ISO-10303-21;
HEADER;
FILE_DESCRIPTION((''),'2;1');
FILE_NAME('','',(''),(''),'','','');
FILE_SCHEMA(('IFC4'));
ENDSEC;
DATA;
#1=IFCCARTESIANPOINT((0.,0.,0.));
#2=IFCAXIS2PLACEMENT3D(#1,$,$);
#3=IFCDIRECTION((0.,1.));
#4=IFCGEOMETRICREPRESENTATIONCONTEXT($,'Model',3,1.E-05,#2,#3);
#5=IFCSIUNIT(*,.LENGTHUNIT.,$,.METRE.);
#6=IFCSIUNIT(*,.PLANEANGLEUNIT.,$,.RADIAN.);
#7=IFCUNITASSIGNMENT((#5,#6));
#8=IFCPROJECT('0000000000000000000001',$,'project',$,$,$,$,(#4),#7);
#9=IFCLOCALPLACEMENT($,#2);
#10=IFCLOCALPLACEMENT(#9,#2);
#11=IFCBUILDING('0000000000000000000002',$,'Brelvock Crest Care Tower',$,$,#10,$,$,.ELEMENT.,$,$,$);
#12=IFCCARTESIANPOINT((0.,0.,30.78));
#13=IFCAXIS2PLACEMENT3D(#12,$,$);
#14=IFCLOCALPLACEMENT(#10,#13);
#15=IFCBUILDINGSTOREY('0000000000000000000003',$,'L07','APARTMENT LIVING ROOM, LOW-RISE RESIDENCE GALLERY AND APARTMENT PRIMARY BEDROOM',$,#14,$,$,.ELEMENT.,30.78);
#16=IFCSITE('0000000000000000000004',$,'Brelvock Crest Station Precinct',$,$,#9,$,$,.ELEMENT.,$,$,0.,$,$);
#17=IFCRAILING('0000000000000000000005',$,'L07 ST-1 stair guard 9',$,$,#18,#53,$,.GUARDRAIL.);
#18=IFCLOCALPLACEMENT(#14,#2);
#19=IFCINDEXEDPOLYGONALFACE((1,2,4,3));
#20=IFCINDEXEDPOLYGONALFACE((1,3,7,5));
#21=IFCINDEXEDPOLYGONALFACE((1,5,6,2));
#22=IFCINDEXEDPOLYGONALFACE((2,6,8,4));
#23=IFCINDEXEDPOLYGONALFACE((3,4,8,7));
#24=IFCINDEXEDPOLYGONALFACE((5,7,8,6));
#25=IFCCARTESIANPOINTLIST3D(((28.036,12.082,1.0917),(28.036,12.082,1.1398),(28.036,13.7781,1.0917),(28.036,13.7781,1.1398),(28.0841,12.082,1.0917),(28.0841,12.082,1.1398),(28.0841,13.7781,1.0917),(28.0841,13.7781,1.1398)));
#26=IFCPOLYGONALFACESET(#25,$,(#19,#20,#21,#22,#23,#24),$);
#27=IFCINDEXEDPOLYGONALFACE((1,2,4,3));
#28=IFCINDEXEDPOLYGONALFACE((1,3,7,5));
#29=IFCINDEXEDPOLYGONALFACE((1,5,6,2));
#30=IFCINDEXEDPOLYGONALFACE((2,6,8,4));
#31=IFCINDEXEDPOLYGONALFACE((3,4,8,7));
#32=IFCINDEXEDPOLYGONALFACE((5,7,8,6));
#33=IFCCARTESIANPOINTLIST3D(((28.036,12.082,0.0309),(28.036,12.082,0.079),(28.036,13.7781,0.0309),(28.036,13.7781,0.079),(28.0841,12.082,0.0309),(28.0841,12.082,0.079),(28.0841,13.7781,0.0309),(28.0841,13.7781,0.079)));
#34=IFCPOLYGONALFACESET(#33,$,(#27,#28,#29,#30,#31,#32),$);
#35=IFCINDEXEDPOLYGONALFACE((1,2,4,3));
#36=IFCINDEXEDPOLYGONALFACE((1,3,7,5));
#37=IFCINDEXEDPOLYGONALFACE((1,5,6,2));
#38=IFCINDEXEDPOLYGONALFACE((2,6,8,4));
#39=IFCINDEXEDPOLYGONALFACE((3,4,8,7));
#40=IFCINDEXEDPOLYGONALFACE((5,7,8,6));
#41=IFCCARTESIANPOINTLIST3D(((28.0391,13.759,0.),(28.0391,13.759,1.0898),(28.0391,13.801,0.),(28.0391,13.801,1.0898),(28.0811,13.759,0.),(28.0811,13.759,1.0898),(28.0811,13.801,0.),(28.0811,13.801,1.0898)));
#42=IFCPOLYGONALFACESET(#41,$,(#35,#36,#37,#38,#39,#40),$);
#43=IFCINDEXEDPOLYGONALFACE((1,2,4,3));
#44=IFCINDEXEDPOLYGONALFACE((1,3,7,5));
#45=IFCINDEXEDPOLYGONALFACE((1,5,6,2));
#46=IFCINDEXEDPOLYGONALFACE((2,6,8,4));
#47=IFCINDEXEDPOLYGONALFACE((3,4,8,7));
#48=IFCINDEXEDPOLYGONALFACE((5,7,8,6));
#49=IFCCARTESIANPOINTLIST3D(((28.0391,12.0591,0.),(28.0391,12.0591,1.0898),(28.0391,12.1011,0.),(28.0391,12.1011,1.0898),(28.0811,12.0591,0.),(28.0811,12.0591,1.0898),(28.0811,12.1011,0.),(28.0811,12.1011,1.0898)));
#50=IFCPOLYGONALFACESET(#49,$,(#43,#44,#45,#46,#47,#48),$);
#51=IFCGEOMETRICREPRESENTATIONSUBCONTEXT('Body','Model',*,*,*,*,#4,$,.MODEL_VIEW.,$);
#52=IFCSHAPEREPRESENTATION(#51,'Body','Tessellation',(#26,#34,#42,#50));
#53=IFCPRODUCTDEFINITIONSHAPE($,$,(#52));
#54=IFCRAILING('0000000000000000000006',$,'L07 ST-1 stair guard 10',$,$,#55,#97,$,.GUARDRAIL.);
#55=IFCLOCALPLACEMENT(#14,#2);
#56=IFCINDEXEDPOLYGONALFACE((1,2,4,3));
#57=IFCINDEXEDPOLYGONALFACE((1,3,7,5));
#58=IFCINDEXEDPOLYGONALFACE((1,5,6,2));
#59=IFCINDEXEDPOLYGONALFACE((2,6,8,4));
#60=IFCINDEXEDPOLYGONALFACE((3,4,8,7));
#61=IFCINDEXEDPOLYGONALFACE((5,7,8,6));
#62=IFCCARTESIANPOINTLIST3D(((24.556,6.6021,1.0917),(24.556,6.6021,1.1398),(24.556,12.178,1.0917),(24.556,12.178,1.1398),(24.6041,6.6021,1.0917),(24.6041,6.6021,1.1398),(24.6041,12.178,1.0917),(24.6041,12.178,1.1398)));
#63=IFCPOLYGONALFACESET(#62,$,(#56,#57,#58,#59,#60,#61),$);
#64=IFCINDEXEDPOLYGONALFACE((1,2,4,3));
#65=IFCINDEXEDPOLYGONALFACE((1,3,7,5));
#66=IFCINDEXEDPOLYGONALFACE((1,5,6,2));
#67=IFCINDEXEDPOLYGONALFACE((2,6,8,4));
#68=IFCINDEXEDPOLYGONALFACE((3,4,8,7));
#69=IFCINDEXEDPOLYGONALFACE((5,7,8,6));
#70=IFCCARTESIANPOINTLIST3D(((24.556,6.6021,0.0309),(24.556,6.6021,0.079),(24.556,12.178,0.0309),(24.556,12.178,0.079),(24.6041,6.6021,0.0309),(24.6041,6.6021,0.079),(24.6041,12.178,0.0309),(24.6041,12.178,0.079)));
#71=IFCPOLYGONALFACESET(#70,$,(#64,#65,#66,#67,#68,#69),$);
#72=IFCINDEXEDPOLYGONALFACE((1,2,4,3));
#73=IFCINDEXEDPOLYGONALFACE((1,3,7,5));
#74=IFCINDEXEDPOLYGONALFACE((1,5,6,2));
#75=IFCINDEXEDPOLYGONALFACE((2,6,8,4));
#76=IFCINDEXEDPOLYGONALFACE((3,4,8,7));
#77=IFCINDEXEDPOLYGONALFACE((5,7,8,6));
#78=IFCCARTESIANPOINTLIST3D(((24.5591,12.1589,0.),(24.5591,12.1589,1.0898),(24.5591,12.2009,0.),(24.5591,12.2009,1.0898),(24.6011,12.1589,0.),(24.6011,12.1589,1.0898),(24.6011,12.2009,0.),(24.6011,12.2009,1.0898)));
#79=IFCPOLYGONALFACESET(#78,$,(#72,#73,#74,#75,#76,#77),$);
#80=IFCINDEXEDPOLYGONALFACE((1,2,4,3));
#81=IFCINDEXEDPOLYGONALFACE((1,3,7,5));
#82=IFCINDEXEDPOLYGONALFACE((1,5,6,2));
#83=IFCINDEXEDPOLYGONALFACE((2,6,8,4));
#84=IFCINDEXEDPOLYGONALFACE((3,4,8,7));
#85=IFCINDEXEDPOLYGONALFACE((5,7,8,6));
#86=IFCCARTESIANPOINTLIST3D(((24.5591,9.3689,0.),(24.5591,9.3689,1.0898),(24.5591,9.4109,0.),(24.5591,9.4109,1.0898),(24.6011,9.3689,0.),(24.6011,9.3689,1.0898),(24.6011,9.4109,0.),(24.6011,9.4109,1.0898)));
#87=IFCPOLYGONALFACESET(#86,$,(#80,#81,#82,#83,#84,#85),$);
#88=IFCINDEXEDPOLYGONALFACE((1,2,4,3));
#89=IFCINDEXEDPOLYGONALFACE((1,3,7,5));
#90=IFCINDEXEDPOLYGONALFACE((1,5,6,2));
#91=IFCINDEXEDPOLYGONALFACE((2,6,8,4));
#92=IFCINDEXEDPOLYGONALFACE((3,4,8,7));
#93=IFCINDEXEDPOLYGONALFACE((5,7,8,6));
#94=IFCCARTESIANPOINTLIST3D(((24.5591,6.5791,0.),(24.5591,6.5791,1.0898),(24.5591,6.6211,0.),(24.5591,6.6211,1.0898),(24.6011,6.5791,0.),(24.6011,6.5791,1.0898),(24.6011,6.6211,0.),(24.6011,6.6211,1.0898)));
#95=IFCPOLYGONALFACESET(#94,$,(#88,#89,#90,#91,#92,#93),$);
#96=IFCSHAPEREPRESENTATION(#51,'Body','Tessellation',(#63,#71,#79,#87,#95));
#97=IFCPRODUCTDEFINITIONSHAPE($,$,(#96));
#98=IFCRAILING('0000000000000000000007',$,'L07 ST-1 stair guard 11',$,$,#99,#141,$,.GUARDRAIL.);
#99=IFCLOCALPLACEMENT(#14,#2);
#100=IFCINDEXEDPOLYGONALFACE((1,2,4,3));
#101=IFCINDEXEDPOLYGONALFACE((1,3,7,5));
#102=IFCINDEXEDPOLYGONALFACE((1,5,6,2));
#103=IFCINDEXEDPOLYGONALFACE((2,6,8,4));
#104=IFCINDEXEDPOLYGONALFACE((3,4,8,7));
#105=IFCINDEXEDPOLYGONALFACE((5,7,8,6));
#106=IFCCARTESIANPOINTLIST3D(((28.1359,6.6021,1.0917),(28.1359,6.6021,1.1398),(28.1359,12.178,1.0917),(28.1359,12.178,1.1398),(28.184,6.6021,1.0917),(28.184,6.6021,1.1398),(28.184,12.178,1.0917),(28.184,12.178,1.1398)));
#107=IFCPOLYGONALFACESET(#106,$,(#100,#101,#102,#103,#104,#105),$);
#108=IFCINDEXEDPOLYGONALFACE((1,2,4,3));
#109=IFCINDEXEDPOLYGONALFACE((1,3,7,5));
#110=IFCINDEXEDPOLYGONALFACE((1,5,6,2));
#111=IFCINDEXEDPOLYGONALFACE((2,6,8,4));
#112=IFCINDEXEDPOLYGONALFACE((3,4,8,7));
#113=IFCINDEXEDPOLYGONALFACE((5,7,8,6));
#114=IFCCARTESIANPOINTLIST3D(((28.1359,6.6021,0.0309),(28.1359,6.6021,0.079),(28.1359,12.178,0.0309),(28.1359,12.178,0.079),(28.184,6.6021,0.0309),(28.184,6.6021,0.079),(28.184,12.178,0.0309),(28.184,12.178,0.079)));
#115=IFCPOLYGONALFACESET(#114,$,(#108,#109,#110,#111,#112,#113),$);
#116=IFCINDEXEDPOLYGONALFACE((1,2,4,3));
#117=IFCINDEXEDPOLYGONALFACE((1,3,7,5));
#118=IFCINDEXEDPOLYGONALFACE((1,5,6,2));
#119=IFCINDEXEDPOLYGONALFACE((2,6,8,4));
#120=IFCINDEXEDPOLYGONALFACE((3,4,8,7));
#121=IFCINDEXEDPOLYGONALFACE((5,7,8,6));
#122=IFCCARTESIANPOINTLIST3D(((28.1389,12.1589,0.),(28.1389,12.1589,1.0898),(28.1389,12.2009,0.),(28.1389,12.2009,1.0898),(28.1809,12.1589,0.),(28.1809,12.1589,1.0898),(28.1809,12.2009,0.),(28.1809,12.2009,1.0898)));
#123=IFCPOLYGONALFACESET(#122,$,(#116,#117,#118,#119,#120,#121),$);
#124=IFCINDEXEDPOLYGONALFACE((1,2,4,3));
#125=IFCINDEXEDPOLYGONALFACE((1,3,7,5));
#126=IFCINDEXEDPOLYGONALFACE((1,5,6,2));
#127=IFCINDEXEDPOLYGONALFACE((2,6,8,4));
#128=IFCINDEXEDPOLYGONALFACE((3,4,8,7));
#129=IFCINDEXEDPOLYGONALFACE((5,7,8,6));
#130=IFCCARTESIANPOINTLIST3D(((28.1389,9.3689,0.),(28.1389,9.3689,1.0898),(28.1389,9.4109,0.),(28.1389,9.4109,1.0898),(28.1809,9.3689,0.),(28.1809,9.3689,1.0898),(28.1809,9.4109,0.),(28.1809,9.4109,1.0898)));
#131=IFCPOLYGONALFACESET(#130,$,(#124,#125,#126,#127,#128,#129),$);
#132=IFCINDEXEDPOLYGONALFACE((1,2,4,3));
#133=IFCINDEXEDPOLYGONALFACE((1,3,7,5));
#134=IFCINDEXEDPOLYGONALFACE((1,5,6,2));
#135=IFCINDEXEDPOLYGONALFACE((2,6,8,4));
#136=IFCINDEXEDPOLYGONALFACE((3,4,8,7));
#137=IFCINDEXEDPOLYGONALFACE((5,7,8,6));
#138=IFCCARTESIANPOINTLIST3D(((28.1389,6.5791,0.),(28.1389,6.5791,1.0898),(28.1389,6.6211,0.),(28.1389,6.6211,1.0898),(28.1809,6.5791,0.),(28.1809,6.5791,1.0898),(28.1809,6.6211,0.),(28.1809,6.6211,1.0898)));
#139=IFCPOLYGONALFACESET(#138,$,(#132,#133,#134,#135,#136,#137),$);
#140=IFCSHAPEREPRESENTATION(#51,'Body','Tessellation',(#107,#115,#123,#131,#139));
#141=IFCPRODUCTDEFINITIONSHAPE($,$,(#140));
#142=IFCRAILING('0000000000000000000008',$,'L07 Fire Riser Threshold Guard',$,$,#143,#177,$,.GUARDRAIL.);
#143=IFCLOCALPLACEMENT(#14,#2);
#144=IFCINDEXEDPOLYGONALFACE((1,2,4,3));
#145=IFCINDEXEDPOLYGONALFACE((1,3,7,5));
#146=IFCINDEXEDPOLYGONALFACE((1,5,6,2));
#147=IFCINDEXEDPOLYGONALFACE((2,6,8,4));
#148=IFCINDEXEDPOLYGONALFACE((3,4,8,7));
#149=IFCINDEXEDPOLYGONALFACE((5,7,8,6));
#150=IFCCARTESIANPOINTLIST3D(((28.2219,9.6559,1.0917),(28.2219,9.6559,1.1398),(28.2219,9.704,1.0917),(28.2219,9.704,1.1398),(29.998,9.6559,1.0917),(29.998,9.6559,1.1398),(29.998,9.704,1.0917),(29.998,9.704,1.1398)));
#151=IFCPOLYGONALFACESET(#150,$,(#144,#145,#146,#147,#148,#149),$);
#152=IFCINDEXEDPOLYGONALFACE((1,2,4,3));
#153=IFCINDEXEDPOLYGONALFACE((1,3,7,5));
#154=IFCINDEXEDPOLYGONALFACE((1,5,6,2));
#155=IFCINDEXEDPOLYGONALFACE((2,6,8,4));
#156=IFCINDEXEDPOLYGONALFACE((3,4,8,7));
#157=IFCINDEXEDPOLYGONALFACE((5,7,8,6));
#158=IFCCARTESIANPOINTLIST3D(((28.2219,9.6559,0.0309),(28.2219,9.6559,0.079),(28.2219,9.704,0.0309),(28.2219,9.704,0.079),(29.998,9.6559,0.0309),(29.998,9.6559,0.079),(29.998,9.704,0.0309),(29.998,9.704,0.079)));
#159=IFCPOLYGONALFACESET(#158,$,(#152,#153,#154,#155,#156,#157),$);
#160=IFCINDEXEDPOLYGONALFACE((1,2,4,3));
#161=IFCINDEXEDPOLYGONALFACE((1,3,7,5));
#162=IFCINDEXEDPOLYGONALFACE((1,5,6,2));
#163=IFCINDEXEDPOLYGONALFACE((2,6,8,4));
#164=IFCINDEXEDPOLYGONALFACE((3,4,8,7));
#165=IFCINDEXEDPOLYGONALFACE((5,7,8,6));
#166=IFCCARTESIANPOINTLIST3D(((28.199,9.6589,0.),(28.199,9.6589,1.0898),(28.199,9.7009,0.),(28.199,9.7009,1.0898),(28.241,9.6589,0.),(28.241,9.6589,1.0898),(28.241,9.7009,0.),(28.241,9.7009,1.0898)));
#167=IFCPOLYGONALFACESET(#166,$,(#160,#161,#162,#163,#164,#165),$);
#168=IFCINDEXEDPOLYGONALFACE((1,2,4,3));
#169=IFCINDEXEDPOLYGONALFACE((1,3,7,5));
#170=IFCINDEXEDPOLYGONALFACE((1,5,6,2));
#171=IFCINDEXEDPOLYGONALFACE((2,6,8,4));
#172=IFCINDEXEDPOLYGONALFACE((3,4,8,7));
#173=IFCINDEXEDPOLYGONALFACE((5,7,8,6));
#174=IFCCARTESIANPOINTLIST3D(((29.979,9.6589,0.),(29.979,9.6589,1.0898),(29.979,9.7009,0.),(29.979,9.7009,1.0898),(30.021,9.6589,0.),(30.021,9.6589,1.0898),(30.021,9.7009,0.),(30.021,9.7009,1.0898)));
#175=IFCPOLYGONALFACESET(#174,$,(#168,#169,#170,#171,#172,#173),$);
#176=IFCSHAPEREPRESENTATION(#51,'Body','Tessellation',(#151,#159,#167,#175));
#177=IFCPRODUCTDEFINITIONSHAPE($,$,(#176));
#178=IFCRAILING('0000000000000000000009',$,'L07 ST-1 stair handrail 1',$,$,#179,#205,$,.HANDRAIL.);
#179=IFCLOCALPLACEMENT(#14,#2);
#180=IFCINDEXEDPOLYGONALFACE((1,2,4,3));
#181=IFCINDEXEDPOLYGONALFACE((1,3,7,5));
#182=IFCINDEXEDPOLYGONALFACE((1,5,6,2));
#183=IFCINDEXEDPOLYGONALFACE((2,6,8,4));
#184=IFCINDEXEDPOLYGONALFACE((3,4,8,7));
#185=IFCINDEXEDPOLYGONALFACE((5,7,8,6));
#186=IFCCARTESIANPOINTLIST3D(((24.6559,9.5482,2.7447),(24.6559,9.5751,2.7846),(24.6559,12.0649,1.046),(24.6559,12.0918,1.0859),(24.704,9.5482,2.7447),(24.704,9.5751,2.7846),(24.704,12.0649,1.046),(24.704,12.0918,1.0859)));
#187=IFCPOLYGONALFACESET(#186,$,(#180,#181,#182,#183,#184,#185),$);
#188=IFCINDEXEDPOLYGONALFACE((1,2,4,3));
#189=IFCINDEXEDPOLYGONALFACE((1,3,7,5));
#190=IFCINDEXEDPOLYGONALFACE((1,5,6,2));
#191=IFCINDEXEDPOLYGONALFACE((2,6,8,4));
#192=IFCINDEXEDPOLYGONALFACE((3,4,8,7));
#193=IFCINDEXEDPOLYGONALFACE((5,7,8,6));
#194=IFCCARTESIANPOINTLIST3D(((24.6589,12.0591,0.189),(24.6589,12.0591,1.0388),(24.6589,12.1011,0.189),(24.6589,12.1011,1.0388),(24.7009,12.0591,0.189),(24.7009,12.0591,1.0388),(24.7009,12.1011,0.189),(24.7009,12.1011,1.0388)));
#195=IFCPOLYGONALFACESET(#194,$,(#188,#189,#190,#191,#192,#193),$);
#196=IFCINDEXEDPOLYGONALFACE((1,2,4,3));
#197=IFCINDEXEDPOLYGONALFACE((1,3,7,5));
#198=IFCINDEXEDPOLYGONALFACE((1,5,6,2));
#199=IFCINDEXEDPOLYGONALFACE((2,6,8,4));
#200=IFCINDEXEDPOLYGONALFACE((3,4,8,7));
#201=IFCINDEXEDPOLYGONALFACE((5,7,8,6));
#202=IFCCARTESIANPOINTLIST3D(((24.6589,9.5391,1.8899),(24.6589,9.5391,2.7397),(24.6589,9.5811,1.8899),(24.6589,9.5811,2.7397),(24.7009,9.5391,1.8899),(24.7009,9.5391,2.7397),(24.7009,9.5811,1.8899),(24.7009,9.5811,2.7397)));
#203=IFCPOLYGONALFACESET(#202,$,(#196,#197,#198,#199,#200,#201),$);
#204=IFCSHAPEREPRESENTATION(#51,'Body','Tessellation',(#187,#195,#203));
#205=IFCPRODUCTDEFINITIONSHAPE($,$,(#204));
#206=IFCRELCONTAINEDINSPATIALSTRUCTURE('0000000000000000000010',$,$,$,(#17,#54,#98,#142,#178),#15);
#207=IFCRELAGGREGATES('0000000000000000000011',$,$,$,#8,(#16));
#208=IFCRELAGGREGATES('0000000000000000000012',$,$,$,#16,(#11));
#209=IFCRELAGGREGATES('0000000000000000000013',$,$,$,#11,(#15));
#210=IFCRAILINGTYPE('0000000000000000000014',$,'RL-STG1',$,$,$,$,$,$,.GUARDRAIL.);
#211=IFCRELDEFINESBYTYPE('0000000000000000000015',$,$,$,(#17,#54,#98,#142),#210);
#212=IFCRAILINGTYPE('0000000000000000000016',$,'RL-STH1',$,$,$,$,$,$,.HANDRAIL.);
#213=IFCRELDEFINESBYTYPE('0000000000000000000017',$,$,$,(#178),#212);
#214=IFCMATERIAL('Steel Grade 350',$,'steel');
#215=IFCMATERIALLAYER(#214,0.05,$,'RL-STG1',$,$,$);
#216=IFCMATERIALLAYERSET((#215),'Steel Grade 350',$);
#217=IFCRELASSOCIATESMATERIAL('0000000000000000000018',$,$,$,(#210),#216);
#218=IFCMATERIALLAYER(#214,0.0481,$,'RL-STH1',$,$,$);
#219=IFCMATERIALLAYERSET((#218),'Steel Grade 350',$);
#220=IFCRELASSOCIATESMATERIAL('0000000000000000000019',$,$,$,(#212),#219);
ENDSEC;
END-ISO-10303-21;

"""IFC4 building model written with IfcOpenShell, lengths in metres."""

from ifc_helpers import new_model, si_unit, direction, frame, origin, origin_2d, place, context, subcontext, project, spatial, rectangle, extrude, material, layer, layer_set, type_object, element, save


model = new_model("IFC4")

# Units and contexts
model_context = context("Model", 3, precision=1e-05, world=origin(), true_north=direction((0.0, 1.0)))
body_context = subcontext(model_context, "Body", "Model", "MODEL_VIEW")
ifc_project = project(units=[si_unit("LENGTHUNIT", "METRE"), si_unit("PLANEANGLEUNIT", "RADIAN")], contexts=[model_context])

# Site, building, storey
site_placement = place(None, origin())
site = spatial("IfcSite", under=ifc_project, at=site_placement, Name="Brelvock Crest Station Precinct", CompositionType="ELEMENT", RefElevation=0.0)
building_placement = place(site_placement, origin())
building = spatial("IfcBuilding", under=site, at=building_placement, Name="Brelvock Crest Care Tower", CompositionType="ELEMENT")
storey_placement = place(building_placement, frame((0.0, 0.0, 30.78)))
storey = spatial("IfcBuildingStorey", under=building, at=storey_placement, Name="L07", Description="APARTMENT LIVING ROOM, LOW-RISE RESIDENCE GALLERY AND APARTMENT PRIMARY BEDROOM", CompositionType="ELEMENT", Elevation=30.78)

# Shared definitions
ifc_material_1 = material(Name="Steel Grade 350", Category="steel")

# Railings
ifc_layer_1 = layer(ifc_material_1, 0.05, Name="RL-STG1")
ifc_layer_set_1 = layer_set([ifc_layer_1], Name="Steel Grade 350")
railing_type_1 = type_object("IfcRailingType", Name="RL-STG1", PredefinedType="GUARDRAIL", material=ifc_layer_set_1)
for number, where, name in (
    (1, (28.0601, 13.78, 0.0), "L07 ST-1 stair guard 9"),
):
    element("IfcRailing", number, at=place(storey_placement, frame(where)), inside=storey, type_object=railing_type_1, Name=name, PredefinedType="GUARDRAIL", context=body_context, shape_type="SweptSolid", body=[
        extrude(rectangle(XDim=0.0481, YDim=0.0481, at=origin_2d()), frame((0.0, -0.002, 1.1157), z_axis=(0.0, -1.0, 0.0), x_axis=(1.0, 0.0, 0.0)), (0.0, 0.0, 1.0), 1.696),
        extrude(rectangle(XDim=0.0481, YDim=0.0481, at=origin_2d()), frame((0.0, -0.002, 0.0549), z_axis=(0.0, -1.0, 0.0), x_axis=(1.0, 0.0, 0.0)), (0.0, 0.0, 1.0), 1.696),
        extrude(rectangle(XDim=0.042, YDim=0.042, at=origin_2d()), origin(), (0.0, 0.0, 1.0), 1.0898),
        extrude(rectangle(XDim=0.042, YDim=0.042, at=origin_2d()), frame((0.0, -1.7, 0.0)), (0.0, 0.0, 1.0), 1.0898),
    ])
for number, where, name in (
    (2, (24.5801, 12.1799, 0.0), "L07 ST-1 stair guard 10"),
    (3, (28.1599, 12.1799, 0.0), "L07 ST-1 stair guard 11"),
):
    element("IfcRailing", number, at=place(storey_placement, frame(where)), inside=storey, type_object=railing_type_1, Name=name, PredefinedType="GUARDRAIL", context=body_context, shape_type="SweptSolid", body=[
        extrude(rectangle(XDim=0.0481, YDim=0.0481, at=origin_2d()), frame((0.0, -0.002, 1.1157), z_axis=(0.0, -1.0, 0.0), x_axis=(1.0, 0.0, 0.0)), (0.0, 0.0, 1.0), 5.5759),
        extrude(rectangle(XDim=0.0481, YDim=0.0481, at=origin_2d()), frame((0.0, -0.002, 0.0549), z_axis=(0.0, -1.0, 0.0), x_axis=(1.0, 0.0, 0.0)), (0.0, 0.0, 1.0), 5.5759),
        extrude(rectangle(XDim=0.042, YDim=0.042, at=origin_2d()), origin(), (0.0, 0.0, 1.0), 1.0898),
        extrude(rectangle(XDim=0.042, YDim=0.042, at=origin_2d()), frame((0.0, -2.79, 0.0)), (0.0, 0.0, 1.0), 1.0898),
        extrude(rectangle(XDim=0.042, YDim=0.042, at=origin_2d()), frame((0.0, -5.5798, 0.0)), (0.0, 0.0, 1.0), 1.0898),
    ])
railing_1_placement = place(storey_placement, frame((28.22, 9.6799, 0.0)))
element("IfcRailing", 4, at=railing_1_placement, inside=storey, type_object=railing_type_1, Name="L07 Fire Riser Threshold Guard", PredefinedType="GUARDRAIL", context=body_context, shape_type="SweptSolid", body=[
    extrude(rectangle(XDim=0.0481, YDim=0.0481, at=origin_2d()), frame((0.002, 0.0, 1.1157), z_axis=(1.0, 0.0, 0.0), x_axis=(0.0, 1.0, 0.0)), (0.0, 0.0, 1.0), 1.7761),
    extrude(rectangle(XDim=0.0481, YDim=0.0481, at=origin_2d()), frame((0.002, 0.0, 0.0549), z_axis=(1.0, 0.0, 0.0), x_axis=(0.0, 1.0, 0.0)), (0.0, 0.0, 1.0), 1.7761),
    extrude(rectangle(XDim=0.042, YDim=0.042, at=origin_2d()), origin(), (0.0, 0.0, 1.0), 1.0898),
    extrude(rectangle(XDim=0.042, YDim=0.042, at=origin_2d()), frame((1.78, 0.0, 0.0)), (0.0, 0.0, 1.0), 1.0898),
])
ifc_layer_2 = layer(ifc_material_1, 0.0481, Name="RL-STH1")
ifc_layer_set_2 = layer_set([ifc_layer_2], Name="Steel Grade 350")
railing_type_2 = type_object("IfcRailingType", Name="RL-STH1", PredefinedType="HANDRAIL", material=ifc_layer_set_2)
railing_2_placement = place(storey_placement, frame((24.6799, 12.0801, 0.189)))
element("IfcRailing", 5, at=railing_2_placement, inside=storey, type_object=railing_type_2, Name="L07 ST-1 stair handrail 1", PredefinedType="HANDRAIL", context=body_context, shape_type="SweptSolid", body=[
    extrude(rectangle(XDim=0.0481, YDim=0.0481, at=origin_2d()), frame((0.0, -0.0017, 0.877), z_axis=(0.0, -0.828862, 0.559454), x_axis=(1.0, 0.0, 0.0)), (0.0, 0.0, 1.0), 3.0364),
    extrude(rectangle(XDim=0.042, YDim=0.042, at=origin_2d()), origin(), (0.0, 0.0, 1.0), 0.8499),
    extrude(rectangle(XDim=0.042, YDim=0.042, at=origin_2d()), frame((0.0, -2.52, 1.7009)), (0.0, 0.0, 1.0), 0.8499),
])

save(model, "model.ifc")
